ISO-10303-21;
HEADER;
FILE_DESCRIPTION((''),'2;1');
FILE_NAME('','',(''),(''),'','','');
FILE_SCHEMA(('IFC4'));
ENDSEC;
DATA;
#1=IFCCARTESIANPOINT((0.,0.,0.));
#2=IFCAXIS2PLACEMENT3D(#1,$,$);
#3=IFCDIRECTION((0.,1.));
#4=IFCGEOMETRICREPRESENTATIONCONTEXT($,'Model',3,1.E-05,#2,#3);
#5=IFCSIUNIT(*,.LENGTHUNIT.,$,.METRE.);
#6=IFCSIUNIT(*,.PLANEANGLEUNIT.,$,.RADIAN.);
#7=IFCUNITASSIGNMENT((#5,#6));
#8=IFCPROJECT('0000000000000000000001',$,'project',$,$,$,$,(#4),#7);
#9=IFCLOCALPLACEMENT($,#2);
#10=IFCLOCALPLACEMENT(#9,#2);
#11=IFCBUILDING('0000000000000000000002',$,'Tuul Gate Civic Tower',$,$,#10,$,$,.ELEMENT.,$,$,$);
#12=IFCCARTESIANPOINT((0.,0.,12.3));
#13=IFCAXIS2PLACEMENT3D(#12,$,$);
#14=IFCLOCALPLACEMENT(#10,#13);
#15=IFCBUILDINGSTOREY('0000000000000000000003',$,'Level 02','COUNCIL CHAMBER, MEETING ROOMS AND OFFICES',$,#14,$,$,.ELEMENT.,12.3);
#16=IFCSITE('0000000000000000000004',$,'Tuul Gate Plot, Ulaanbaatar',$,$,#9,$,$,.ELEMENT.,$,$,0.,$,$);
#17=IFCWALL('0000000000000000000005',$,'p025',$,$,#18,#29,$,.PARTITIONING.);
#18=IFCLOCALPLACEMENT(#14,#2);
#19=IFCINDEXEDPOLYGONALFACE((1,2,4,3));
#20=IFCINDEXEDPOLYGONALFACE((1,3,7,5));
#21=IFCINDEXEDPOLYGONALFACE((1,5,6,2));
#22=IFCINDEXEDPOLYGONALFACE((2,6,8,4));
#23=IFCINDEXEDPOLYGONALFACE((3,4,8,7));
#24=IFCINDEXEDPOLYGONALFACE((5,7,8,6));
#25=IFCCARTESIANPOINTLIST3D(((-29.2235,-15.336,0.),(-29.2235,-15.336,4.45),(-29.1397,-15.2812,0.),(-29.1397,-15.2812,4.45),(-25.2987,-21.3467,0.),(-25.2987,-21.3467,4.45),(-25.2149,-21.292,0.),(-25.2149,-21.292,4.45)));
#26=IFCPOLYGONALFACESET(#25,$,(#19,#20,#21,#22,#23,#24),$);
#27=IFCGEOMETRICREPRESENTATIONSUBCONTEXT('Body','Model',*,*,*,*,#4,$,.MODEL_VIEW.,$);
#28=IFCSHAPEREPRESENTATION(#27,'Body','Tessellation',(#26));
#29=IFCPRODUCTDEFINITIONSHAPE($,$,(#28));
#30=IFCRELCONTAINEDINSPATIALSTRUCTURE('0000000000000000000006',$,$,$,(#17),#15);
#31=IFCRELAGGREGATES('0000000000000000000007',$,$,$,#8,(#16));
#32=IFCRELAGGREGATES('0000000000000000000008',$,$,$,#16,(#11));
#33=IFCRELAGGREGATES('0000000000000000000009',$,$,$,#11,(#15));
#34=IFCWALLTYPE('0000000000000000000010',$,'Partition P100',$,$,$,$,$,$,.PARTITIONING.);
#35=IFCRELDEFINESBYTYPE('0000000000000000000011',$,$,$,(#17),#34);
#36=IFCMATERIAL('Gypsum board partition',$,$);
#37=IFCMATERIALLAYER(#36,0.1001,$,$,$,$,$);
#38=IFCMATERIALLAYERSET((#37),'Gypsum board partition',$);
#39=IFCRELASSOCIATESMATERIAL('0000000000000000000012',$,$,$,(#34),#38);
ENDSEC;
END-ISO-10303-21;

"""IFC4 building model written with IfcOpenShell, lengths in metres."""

from ifc_helpers import new_model, si_unit, direction, frame, frame_2d, origin, place, context, subcontext, project, spatial, rectangle, extrude, material, layer, layer_set, type_object, element, save


model = new_model("IFC4")

# Units and contexts
model_context = context("Model", 3, precision=1e-05, world=origin(), true_north=direction((0.0, 1.0)))
body_context = subcontext(model_context, "Body", "Model", "MODEL_VIEW")
ifc_project = project(units=[si_unit("LENGTHUNIT", "METRE"), si_unit("PLANEANGLEUNIT", "RADIAN")], contexts=[model_context])

# Site, building, storey
site_placement = place(None, origin())
site = spatial("IfcSite", under=ifc_project, at=site_placement, Name="Tuul Gate Plot, Ulaanbaatar", CompositionType="ELEMENT", RefElevation=0.0)
building_placement = place(site_placement, origin())
building = spatial("IfcBuilding", under=site, at=building_placement, Name="Tuul Gate Civic Tower", CompositionType="ELEMENT")
storey_placement = place(building_placement, frame((0.0, 0.0, 12.3)))
storey = spatial("IfcBuildingStorey", under=building, at=storey_placement, Name="Level 02", Description="COUNCIL CHAMBER, MEETING ROOMS AND OFFICES", CompositionType="ELEMENT", Elevation=12.3)

# Wall
ifc_material_1 = material(Name="Gypsum board partition")
ifc_layer_1 = layer(ifc_material_1, 0.1001)
ifc_layer_set_1 = layer_set([ifc_layer_1], Name="Gypsum board partition")
wall_type_1 = type_object("IfcWallType", Name="Partition P100", PredefinedType="PARTITIONING", material=ifc_layer_set_1)
wall_1_placement = place(storey_placement, frame((-29.1816, -15.3086, 0.0), z_axis=(0.0, 0.0, 1.0), x_axis=(0.546732, -0.837307, 0.0)))
element("IfcWall", 1, at=wall_1_placement, inside=storey, type_object=wall_type_1, Name="p025", PredefinedType="PARTITIONING", context=body_context, shape_type="SweptSolid", body=[
    extrude(rectangle(XDim=7.1787, YDim=0.1001, at=frame_2d((3.5894, 0.0))), origin(), (0.0, 0.0, 1.0), 4.45),
])

save(model, "model.ifc")
